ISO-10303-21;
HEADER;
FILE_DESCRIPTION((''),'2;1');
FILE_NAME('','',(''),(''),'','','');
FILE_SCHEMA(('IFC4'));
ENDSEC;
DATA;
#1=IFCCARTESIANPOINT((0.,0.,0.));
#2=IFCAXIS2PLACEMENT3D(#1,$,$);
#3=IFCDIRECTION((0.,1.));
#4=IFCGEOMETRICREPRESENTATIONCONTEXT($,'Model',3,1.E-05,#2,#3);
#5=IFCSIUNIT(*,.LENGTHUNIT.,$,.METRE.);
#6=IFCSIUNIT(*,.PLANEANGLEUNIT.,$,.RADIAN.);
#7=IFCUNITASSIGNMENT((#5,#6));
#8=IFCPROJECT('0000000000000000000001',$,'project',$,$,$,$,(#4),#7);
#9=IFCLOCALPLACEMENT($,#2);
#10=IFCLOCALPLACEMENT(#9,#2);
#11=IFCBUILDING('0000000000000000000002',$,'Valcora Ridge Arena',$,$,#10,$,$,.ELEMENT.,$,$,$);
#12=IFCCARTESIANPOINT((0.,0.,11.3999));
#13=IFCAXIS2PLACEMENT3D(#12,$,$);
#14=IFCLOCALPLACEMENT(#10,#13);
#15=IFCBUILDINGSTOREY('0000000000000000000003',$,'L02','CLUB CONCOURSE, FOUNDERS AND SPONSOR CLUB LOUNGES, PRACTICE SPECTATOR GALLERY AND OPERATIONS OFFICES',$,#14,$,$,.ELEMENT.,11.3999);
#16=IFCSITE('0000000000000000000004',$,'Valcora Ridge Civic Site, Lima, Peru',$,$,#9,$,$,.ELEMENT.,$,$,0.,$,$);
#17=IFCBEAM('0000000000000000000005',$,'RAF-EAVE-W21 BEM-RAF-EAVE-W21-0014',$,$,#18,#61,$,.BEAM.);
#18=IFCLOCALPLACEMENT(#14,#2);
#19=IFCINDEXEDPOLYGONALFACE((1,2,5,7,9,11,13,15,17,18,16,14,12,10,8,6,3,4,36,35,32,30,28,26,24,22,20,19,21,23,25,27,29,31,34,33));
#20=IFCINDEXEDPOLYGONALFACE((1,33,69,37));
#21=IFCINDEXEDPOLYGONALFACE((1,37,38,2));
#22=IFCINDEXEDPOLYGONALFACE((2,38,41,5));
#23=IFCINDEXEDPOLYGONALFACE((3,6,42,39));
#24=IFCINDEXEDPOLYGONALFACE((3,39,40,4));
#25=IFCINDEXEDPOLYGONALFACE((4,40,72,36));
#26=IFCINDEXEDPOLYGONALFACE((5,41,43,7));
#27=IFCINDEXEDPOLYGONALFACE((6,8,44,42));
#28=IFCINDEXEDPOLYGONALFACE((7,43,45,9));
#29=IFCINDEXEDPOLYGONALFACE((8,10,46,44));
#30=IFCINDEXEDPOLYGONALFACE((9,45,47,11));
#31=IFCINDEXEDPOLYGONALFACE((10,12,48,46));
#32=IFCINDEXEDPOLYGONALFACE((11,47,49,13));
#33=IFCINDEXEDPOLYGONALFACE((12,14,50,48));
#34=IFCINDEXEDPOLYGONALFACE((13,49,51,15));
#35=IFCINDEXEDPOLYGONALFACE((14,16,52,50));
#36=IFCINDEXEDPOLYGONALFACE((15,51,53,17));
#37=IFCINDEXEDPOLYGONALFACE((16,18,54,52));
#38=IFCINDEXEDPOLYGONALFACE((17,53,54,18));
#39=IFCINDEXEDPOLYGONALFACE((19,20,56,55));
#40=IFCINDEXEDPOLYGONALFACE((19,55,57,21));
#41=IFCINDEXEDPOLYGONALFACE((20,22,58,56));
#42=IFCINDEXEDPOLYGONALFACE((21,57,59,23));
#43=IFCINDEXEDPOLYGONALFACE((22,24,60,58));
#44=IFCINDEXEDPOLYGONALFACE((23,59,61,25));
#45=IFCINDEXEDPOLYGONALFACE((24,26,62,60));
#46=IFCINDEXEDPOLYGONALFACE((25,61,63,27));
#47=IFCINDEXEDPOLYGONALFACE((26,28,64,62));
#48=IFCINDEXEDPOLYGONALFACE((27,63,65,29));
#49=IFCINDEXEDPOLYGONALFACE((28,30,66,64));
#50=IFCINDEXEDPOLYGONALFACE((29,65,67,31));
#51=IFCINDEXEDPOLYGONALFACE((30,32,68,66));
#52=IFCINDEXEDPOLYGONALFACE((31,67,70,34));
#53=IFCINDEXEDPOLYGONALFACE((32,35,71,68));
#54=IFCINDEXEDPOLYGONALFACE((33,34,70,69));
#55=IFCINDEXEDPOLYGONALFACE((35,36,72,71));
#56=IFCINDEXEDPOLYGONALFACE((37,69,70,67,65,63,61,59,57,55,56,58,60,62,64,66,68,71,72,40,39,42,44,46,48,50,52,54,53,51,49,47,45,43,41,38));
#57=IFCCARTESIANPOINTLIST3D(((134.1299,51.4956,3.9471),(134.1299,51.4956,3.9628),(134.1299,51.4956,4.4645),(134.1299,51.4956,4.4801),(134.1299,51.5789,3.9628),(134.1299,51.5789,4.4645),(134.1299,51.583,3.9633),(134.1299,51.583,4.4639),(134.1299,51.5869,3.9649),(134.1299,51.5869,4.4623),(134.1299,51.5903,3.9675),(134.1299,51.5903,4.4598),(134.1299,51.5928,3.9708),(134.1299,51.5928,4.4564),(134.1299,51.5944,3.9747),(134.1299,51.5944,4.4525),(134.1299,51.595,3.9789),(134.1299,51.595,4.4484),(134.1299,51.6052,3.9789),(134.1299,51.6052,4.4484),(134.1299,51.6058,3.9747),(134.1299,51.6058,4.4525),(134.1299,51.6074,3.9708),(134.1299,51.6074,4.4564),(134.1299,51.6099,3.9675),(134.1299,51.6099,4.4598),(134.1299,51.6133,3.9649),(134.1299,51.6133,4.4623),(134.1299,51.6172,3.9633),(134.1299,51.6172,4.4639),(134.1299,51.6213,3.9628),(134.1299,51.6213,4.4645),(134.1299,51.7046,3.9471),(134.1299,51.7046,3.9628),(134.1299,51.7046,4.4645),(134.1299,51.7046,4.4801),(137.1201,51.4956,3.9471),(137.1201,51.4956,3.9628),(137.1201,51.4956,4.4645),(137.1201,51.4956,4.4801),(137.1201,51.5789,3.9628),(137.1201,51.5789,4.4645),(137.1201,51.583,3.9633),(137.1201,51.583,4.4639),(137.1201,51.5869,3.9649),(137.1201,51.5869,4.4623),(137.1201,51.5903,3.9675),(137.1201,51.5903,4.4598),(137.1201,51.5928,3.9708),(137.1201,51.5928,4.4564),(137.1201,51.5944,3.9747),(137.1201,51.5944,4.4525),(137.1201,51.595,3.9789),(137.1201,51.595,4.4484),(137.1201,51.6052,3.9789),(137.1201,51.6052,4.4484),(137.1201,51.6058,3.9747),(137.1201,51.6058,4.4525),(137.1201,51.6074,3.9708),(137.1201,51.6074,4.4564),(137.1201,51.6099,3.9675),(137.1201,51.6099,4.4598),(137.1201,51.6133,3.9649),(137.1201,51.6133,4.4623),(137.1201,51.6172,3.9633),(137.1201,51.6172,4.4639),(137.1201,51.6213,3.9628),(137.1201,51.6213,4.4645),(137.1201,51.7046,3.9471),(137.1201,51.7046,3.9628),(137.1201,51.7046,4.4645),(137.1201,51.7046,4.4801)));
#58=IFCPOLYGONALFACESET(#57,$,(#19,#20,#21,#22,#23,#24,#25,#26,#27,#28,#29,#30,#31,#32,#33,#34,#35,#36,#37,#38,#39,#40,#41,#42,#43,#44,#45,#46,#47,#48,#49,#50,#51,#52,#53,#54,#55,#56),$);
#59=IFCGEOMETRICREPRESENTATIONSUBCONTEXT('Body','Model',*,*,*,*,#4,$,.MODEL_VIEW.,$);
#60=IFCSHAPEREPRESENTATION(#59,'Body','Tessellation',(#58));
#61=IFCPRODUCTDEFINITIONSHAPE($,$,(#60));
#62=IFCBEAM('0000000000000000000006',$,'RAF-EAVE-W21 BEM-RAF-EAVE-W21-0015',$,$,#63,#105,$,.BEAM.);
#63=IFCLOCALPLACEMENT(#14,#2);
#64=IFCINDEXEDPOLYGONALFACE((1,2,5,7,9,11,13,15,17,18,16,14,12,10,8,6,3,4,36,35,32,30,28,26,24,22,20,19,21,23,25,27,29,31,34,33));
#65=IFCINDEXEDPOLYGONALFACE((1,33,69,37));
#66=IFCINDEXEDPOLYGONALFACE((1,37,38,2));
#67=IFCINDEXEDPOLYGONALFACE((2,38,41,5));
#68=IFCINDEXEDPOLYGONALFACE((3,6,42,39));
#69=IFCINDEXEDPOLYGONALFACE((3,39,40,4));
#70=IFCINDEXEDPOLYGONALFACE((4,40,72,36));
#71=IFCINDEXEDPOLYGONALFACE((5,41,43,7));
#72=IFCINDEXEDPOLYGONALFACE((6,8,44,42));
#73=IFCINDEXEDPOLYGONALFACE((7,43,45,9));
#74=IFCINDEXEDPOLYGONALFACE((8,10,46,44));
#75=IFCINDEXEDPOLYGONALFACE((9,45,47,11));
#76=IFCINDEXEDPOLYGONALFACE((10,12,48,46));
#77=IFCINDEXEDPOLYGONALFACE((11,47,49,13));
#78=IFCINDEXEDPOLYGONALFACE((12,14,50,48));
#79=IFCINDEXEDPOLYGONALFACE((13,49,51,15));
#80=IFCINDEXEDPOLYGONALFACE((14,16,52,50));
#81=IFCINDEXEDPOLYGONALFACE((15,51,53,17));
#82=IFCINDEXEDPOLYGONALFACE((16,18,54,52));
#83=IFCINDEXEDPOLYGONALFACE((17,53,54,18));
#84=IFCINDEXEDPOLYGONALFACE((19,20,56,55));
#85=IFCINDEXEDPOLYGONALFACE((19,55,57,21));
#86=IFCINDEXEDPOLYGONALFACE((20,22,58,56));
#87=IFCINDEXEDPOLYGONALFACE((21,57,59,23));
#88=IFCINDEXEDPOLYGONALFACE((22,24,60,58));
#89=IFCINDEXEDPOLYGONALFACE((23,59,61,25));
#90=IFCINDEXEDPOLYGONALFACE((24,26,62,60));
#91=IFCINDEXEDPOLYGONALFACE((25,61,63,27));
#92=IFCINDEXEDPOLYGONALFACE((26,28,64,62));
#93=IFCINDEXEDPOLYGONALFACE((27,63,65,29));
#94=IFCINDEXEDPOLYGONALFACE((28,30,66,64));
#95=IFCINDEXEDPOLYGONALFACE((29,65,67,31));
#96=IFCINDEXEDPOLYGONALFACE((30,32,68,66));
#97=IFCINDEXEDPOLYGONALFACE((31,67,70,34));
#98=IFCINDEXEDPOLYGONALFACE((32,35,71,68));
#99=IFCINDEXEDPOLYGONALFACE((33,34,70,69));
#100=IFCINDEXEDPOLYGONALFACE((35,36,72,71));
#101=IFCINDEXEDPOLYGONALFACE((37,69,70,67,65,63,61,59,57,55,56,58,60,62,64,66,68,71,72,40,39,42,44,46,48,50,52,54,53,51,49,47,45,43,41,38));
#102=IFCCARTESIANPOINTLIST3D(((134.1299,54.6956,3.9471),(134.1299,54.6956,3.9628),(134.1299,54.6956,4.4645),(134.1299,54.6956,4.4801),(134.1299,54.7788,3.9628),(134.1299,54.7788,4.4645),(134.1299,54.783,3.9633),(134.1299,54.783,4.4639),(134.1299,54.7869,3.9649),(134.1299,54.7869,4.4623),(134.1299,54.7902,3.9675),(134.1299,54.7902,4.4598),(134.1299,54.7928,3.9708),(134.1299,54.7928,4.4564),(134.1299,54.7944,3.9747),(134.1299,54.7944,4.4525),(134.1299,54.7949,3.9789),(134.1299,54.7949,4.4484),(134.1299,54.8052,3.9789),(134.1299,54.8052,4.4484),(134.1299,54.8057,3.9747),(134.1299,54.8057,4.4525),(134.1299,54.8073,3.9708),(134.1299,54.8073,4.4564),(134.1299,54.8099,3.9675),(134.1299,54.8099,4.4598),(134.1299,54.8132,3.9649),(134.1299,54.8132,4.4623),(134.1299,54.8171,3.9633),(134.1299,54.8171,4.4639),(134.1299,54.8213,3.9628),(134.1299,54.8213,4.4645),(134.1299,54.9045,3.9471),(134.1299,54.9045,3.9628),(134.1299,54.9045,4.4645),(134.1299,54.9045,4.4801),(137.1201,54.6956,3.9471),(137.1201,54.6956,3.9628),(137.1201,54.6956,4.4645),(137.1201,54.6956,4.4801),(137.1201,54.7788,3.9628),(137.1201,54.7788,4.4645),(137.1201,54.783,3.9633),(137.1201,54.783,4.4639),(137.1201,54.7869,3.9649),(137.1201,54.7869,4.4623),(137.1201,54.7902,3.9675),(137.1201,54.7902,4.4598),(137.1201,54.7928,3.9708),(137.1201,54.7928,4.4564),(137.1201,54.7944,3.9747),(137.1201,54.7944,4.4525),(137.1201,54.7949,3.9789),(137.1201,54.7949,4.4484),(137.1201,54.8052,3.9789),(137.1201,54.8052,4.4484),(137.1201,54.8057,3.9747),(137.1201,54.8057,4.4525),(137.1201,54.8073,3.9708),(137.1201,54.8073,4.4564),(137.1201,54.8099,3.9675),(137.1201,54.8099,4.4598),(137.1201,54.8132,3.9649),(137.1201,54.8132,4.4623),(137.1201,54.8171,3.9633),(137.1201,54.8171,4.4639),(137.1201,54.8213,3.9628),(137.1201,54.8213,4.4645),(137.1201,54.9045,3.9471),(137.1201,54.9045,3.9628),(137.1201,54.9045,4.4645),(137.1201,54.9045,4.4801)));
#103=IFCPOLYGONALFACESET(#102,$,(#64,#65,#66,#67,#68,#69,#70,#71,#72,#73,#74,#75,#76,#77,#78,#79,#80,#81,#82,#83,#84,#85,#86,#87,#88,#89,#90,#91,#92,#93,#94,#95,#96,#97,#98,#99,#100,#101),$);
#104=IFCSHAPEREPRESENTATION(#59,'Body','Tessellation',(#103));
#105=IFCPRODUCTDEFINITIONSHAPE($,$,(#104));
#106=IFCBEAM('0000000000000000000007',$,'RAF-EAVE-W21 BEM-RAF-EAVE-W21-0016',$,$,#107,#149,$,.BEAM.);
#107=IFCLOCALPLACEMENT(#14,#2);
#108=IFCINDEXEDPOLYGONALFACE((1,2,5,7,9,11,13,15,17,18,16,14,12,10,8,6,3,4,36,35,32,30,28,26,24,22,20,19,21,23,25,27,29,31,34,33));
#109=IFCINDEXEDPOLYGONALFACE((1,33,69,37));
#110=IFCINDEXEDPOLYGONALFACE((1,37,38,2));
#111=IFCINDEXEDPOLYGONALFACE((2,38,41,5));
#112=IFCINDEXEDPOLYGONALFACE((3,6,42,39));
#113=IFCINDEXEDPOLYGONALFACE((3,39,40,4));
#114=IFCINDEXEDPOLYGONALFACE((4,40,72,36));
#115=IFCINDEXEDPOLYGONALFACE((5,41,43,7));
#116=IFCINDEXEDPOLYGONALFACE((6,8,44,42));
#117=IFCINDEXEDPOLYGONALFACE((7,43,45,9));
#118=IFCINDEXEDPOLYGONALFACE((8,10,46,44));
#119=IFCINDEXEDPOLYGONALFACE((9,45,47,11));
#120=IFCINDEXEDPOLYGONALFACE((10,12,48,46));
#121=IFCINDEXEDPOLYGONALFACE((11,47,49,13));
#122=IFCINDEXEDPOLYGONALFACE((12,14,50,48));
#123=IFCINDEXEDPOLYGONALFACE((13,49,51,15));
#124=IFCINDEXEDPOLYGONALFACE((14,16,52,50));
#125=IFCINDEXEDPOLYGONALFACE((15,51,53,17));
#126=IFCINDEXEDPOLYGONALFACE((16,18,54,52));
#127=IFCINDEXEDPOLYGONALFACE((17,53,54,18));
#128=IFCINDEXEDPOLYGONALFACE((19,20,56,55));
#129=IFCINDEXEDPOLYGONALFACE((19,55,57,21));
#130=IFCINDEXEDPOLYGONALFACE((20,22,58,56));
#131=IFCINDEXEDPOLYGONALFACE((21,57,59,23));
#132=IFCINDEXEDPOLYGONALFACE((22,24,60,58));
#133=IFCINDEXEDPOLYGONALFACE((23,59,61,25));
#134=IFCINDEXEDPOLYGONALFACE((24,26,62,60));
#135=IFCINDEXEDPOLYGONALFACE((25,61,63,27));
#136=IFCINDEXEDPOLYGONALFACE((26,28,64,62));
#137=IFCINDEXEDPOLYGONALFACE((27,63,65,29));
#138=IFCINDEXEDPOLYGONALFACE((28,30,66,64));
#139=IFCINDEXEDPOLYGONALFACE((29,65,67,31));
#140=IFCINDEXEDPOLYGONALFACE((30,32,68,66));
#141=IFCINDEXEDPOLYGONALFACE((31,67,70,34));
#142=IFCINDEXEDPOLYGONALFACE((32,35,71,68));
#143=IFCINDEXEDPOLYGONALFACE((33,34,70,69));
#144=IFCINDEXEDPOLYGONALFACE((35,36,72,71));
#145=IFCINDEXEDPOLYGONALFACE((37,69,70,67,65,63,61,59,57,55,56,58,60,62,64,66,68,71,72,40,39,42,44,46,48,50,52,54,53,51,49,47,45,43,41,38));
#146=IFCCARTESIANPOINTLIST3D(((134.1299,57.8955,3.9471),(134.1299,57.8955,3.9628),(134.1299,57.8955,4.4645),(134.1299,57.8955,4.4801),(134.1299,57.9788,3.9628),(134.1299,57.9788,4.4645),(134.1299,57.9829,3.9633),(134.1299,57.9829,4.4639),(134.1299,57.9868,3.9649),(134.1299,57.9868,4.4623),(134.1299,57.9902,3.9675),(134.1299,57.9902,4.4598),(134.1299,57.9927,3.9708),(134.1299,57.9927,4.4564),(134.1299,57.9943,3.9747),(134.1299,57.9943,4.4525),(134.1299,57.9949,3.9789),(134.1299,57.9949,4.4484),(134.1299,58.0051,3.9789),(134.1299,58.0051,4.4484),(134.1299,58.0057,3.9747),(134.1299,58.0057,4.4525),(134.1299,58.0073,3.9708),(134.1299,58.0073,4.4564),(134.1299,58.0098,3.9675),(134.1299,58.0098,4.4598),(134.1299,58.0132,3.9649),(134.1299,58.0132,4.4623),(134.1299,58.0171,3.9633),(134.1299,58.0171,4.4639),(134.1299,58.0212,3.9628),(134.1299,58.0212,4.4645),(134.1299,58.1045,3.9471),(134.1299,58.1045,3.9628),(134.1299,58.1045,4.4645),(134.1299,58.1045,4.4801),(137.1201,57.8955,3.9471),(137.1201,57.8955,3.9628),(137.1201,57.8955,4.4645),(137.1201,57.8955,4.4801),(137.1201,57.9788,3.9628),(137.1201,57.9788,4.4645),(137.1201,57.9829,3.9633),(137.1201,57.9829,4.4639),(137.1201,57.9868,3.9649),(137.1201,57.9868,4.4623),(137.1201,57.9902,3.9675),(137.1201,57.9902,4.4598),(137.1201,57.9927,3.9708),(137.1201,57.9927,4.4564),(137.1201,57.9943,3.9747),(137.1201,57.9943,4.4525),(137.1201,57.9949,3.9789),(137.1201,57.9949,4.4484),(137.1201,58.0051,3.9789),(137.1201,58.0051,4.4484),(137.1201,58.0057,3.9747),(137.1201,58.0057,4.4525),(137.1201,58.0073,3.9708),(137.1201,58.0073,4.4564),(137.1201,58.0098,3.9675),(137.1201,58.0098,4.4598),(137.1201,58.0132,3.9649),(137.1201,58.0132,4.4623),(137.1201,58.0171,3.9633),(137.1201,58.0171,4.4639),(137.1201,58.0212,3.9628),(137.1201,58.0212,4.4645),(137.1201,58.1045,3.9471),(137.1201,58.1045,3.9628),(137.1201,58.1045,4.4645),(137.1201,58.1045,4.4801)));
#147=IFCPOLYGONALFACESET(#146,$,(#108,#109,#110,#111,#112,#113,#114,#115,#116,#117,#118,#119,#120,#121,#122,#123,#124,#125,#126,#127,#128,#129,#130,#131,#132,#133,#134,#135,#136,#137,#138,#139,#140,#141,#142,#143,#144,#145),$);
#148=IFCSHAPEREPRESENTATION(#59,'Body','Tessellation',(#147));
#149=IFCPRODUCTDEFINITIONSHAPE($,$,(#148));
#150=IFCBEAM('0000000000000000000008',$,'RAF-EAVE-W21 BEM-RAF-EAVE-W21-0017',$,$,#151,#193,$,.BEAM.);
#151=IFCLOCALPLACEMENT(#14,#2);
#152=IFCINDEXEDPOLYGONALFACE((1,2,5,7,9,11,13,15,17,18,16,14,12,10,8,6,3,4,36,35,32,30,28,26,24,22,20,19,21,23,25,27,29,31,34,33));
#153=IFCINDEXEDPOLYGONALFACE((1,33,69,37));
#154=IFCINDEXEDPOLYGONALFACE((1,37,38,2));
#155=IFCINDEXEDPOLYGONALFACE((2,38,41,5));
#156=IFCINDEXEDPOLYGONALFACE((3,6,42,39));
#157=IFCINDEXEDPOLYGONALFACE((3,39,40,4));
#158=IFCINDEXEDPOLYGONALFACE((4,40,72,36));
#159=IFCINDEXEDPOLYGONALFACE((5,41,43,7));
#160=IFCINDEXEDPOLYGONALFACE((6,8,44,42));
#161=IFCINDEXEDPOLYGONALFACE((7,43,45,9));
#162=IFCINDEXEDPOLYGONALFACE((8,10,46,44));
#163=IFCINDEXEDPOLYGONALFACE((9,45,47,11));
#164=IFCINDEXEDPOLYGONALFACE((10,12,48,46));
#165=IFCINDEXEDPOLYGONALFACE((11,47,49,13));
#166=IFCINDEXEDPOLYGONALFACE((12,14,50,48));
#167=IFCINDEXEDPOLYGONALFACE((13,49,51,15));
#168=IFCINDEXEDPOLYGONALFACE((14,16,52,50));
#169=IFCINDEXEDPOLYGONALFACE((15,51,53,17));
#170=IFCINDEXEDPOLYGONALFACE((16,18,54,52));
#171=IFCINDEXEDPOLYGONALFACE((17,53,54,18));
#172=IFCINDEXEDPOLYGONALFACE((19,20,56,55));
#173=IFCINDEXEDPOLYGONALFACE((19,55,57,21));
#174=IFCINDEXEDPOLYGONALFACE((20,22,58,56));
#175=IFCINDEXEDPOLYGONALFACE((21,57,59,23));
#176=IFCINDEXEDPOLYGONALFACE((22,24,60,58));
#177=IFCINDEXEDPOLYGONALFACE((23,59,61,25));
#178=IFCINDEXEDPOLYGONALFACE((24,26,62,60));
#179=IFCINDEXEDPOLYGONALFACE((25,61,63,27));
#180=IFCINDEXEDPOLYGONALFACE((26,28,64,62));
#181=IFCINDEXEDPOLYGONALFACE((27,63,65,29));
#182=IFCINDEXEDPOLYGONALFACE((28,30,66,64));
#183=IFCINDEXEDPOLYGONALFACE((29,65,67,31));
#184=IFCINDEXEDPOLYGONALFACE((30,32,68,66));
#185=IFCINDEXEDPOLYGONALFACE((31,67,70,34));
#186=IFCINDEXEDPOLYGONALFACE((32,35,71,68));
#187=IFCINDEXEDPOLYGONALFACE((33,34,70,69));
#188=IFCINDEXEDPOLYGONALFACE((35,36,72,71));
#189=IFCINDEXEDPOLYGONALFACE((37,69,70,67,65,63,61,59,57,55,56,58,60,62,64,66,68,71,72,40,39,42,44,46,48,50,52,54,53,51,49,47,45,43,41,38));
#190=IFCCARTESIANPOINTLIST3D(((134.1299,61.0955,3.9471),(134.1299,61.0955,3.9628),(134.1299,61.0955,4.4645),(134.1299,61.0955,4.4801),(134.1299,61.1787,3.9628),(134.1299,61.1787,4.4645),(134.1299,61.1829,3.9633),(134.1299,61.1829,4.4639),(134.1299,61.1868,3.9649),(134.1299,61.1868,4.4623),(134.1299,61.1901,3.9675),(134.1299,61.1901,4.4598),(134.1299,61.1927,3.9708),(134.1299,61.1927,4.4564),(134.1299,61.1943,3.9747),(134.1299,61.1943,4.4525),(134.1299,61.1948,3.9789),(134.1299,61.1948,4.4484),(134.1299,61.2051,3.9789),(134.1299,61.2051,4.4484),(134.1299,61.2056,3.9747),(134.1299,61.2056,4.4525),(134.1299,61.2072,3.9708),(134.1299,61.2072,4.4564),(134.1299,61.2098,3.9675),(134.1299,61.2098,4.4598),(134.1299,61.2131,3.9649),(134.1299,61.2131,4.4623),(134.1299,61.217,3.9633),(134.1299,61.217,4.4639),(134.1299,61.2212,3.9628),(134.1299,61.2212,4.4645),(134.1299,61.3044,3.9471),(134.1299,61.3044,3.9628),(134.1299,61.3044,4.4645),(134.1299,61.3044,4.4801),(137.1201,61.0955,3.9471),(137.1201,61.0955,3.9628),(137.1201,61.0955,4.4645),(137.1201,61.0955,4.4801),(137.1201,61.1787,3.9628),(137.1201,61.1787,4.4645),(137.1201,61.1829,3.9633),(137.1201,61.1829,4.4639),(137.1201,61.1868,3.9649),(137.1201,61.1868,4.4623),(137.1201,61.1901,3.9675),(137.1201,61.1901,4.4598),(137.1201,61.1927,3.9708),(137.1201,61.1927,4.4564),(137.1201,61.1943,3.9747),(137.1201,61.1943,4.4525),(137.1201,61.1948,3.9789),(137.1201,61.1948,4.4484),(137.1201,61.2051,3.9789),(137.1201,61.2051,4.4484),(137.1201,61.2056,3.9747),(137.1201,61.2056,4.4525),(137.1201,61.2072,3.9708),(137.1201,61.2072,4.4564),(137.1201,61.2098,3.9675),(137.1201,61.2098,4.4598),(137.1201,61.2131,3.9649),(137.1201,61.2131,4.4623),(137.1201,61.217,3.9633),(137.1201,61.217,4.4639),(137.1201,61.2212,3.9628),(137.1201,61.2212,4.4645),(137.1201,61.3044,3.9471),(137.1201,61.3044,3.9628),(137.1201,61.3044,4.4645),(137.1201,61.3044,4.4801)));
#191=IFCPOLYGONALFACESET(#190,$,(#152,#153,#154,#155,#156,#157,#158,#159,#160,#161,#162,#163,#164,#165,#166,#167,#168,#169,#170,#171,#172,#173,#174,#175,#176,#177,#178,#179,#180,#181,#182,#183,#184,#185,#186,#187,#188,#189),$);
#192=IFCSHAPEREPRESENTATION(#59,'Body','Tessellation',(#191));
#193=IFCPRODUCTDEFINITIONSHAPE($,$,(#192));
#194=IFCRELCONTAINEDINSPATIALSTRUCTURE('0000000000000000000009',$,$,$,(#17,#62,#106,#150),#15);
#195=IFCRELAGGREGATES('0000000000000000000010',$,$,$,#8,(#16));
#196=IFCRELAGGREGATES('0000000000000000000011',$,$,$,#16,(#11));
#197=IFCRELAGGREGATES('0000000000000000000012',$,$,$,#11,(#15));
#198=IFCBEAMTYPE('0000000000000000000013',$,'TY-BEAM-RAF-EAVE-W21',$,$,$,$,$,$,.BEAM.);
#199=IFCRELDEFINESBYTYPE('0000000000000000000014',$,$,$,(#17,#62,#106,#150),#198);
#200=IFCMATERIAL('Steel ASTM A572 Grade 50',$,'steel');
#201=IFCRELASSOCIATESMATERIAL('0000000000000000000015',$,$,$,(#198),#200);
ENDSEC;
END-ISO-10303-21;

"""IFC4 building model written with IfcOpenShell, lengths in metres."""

from ifc_helpers import new_model, si_unit, direction, frame, origin, origin_2d, place, context, subcontext, project, spatial, i_section, extrude, material, material_profile, profile_set, type_object, element, save


model = new_model("IFC4")

# Units and contexts
model_context = context("Model", 3, precision=1e-05, world=origin(), true_north=direction((0.0, 1.0)))
body_context = subcontext(model_context, "Body", "Model", "MODEL_VIEW")
ifc_project = project(units=[si_unit("LENGTHUNIT", "METRE"), si_unit("PLANEANGLEUNIT", "RADIAN")], contexts=[model_context])

# Site, building, storey
site_placement = place(None, origin())
site = spatial("IfcSite", under=ifc_project, at=site_placement, Name="Valcora Ridge Civic Site, Lima, Peru", CompositionType="ELEMENT", RefElevation=0.0)
building_placement = place(site_placement, origin())
building = spatial("IfcBuilding", under=site, at=building_placement, Name="Valcora Ridge Arena", CompositionType="ELEMENT")
storey_placement = place(building_placement, frame((0.0, 0.0, 11.3999)))
storey = spatial("IfcBuildingStorey", under=building, at=storey_placement, Name="L02", Description="CLUB CONCOURSE, FOUNDERS AND SPONSOR CLUB LOUNGES, PRACTICE SPECTATOR GALLERY AND OPERATIONS OFFICES", CompositionType="ELEMENT", Elevation=11.3999)

# Beams
ifc_material_1 = material(Name="Steel ASTM A572 Grade 50", Category="steel")
ifc_material_profile_1 = material_profile(ifc_material_1, i_section(OverallWidth=0.209, OverallDepth=0.533, WebThickness=0.0103, FlangeThickness=0.0156, FilletRadius=0.0161, at=origin_2d()), Name="W21X62")
ifc_profile_set_1 = profile_set([ifc_material_profile_1], Name="Steel ASTM A572 Grade 50")
beam_type_1 = type_object("IfcBeamType", Name="TY-BEAM-RAF-EAVE-W21", PredefinedType="BEAM", material=ifc_profile_set_1)
for number, where, z_axis, x_axis, name in (
    (1, (134.1299, 51.6001, 4.2136), (1.0, 0.0, 0.0), (0.0, 1.0, 0.0), "RAF-EAVE-W21 BEM-RAF-EAVE-W21-0014"),
    (2, (134.1299, 54.8, 4.2136), (1.0, 0.0, 0.0), (0.0, 1.0, 0.0), "RAF-EAVE-W21 BEM-RAF-EAVE-W21-0015"),
    (3, (134.1299, 58.0, 4.2136), (1.0, 0.0, 0.0), (0.0, 1.0, 0.0), "RAF-EAVE-W21 BEM-RAF-EAVE-W21-0016"),
    (4, (134.1299, 61.2, 4.2136), (1.0, 0.0, 0.0), (0.0, 1.0, 0.0), "RAF-EAVE-W21 BEM-RAF-EAVE-W21-0017"),
):
    element("IfcBeam", number, at=place(storey_placement, frame(where, z_axis=z_axis, x_axis=x_axis)), inside=storey, type_object=beam_type_1, Name=name, PredefinedType="BEAM", context=body_context, shape_type="SweptSolid", body=[
        extrude(i_section(OverallWidth=0.209, OverallDepth=0.533, WebThickness=0.0103, FlangeThickness=0.0156, FilletRadius=0.0161, at=origin_2d()), origin(), (0.0, 0.0, 1.0), 2.9902),
    ])

save(model, "model.ifc")
